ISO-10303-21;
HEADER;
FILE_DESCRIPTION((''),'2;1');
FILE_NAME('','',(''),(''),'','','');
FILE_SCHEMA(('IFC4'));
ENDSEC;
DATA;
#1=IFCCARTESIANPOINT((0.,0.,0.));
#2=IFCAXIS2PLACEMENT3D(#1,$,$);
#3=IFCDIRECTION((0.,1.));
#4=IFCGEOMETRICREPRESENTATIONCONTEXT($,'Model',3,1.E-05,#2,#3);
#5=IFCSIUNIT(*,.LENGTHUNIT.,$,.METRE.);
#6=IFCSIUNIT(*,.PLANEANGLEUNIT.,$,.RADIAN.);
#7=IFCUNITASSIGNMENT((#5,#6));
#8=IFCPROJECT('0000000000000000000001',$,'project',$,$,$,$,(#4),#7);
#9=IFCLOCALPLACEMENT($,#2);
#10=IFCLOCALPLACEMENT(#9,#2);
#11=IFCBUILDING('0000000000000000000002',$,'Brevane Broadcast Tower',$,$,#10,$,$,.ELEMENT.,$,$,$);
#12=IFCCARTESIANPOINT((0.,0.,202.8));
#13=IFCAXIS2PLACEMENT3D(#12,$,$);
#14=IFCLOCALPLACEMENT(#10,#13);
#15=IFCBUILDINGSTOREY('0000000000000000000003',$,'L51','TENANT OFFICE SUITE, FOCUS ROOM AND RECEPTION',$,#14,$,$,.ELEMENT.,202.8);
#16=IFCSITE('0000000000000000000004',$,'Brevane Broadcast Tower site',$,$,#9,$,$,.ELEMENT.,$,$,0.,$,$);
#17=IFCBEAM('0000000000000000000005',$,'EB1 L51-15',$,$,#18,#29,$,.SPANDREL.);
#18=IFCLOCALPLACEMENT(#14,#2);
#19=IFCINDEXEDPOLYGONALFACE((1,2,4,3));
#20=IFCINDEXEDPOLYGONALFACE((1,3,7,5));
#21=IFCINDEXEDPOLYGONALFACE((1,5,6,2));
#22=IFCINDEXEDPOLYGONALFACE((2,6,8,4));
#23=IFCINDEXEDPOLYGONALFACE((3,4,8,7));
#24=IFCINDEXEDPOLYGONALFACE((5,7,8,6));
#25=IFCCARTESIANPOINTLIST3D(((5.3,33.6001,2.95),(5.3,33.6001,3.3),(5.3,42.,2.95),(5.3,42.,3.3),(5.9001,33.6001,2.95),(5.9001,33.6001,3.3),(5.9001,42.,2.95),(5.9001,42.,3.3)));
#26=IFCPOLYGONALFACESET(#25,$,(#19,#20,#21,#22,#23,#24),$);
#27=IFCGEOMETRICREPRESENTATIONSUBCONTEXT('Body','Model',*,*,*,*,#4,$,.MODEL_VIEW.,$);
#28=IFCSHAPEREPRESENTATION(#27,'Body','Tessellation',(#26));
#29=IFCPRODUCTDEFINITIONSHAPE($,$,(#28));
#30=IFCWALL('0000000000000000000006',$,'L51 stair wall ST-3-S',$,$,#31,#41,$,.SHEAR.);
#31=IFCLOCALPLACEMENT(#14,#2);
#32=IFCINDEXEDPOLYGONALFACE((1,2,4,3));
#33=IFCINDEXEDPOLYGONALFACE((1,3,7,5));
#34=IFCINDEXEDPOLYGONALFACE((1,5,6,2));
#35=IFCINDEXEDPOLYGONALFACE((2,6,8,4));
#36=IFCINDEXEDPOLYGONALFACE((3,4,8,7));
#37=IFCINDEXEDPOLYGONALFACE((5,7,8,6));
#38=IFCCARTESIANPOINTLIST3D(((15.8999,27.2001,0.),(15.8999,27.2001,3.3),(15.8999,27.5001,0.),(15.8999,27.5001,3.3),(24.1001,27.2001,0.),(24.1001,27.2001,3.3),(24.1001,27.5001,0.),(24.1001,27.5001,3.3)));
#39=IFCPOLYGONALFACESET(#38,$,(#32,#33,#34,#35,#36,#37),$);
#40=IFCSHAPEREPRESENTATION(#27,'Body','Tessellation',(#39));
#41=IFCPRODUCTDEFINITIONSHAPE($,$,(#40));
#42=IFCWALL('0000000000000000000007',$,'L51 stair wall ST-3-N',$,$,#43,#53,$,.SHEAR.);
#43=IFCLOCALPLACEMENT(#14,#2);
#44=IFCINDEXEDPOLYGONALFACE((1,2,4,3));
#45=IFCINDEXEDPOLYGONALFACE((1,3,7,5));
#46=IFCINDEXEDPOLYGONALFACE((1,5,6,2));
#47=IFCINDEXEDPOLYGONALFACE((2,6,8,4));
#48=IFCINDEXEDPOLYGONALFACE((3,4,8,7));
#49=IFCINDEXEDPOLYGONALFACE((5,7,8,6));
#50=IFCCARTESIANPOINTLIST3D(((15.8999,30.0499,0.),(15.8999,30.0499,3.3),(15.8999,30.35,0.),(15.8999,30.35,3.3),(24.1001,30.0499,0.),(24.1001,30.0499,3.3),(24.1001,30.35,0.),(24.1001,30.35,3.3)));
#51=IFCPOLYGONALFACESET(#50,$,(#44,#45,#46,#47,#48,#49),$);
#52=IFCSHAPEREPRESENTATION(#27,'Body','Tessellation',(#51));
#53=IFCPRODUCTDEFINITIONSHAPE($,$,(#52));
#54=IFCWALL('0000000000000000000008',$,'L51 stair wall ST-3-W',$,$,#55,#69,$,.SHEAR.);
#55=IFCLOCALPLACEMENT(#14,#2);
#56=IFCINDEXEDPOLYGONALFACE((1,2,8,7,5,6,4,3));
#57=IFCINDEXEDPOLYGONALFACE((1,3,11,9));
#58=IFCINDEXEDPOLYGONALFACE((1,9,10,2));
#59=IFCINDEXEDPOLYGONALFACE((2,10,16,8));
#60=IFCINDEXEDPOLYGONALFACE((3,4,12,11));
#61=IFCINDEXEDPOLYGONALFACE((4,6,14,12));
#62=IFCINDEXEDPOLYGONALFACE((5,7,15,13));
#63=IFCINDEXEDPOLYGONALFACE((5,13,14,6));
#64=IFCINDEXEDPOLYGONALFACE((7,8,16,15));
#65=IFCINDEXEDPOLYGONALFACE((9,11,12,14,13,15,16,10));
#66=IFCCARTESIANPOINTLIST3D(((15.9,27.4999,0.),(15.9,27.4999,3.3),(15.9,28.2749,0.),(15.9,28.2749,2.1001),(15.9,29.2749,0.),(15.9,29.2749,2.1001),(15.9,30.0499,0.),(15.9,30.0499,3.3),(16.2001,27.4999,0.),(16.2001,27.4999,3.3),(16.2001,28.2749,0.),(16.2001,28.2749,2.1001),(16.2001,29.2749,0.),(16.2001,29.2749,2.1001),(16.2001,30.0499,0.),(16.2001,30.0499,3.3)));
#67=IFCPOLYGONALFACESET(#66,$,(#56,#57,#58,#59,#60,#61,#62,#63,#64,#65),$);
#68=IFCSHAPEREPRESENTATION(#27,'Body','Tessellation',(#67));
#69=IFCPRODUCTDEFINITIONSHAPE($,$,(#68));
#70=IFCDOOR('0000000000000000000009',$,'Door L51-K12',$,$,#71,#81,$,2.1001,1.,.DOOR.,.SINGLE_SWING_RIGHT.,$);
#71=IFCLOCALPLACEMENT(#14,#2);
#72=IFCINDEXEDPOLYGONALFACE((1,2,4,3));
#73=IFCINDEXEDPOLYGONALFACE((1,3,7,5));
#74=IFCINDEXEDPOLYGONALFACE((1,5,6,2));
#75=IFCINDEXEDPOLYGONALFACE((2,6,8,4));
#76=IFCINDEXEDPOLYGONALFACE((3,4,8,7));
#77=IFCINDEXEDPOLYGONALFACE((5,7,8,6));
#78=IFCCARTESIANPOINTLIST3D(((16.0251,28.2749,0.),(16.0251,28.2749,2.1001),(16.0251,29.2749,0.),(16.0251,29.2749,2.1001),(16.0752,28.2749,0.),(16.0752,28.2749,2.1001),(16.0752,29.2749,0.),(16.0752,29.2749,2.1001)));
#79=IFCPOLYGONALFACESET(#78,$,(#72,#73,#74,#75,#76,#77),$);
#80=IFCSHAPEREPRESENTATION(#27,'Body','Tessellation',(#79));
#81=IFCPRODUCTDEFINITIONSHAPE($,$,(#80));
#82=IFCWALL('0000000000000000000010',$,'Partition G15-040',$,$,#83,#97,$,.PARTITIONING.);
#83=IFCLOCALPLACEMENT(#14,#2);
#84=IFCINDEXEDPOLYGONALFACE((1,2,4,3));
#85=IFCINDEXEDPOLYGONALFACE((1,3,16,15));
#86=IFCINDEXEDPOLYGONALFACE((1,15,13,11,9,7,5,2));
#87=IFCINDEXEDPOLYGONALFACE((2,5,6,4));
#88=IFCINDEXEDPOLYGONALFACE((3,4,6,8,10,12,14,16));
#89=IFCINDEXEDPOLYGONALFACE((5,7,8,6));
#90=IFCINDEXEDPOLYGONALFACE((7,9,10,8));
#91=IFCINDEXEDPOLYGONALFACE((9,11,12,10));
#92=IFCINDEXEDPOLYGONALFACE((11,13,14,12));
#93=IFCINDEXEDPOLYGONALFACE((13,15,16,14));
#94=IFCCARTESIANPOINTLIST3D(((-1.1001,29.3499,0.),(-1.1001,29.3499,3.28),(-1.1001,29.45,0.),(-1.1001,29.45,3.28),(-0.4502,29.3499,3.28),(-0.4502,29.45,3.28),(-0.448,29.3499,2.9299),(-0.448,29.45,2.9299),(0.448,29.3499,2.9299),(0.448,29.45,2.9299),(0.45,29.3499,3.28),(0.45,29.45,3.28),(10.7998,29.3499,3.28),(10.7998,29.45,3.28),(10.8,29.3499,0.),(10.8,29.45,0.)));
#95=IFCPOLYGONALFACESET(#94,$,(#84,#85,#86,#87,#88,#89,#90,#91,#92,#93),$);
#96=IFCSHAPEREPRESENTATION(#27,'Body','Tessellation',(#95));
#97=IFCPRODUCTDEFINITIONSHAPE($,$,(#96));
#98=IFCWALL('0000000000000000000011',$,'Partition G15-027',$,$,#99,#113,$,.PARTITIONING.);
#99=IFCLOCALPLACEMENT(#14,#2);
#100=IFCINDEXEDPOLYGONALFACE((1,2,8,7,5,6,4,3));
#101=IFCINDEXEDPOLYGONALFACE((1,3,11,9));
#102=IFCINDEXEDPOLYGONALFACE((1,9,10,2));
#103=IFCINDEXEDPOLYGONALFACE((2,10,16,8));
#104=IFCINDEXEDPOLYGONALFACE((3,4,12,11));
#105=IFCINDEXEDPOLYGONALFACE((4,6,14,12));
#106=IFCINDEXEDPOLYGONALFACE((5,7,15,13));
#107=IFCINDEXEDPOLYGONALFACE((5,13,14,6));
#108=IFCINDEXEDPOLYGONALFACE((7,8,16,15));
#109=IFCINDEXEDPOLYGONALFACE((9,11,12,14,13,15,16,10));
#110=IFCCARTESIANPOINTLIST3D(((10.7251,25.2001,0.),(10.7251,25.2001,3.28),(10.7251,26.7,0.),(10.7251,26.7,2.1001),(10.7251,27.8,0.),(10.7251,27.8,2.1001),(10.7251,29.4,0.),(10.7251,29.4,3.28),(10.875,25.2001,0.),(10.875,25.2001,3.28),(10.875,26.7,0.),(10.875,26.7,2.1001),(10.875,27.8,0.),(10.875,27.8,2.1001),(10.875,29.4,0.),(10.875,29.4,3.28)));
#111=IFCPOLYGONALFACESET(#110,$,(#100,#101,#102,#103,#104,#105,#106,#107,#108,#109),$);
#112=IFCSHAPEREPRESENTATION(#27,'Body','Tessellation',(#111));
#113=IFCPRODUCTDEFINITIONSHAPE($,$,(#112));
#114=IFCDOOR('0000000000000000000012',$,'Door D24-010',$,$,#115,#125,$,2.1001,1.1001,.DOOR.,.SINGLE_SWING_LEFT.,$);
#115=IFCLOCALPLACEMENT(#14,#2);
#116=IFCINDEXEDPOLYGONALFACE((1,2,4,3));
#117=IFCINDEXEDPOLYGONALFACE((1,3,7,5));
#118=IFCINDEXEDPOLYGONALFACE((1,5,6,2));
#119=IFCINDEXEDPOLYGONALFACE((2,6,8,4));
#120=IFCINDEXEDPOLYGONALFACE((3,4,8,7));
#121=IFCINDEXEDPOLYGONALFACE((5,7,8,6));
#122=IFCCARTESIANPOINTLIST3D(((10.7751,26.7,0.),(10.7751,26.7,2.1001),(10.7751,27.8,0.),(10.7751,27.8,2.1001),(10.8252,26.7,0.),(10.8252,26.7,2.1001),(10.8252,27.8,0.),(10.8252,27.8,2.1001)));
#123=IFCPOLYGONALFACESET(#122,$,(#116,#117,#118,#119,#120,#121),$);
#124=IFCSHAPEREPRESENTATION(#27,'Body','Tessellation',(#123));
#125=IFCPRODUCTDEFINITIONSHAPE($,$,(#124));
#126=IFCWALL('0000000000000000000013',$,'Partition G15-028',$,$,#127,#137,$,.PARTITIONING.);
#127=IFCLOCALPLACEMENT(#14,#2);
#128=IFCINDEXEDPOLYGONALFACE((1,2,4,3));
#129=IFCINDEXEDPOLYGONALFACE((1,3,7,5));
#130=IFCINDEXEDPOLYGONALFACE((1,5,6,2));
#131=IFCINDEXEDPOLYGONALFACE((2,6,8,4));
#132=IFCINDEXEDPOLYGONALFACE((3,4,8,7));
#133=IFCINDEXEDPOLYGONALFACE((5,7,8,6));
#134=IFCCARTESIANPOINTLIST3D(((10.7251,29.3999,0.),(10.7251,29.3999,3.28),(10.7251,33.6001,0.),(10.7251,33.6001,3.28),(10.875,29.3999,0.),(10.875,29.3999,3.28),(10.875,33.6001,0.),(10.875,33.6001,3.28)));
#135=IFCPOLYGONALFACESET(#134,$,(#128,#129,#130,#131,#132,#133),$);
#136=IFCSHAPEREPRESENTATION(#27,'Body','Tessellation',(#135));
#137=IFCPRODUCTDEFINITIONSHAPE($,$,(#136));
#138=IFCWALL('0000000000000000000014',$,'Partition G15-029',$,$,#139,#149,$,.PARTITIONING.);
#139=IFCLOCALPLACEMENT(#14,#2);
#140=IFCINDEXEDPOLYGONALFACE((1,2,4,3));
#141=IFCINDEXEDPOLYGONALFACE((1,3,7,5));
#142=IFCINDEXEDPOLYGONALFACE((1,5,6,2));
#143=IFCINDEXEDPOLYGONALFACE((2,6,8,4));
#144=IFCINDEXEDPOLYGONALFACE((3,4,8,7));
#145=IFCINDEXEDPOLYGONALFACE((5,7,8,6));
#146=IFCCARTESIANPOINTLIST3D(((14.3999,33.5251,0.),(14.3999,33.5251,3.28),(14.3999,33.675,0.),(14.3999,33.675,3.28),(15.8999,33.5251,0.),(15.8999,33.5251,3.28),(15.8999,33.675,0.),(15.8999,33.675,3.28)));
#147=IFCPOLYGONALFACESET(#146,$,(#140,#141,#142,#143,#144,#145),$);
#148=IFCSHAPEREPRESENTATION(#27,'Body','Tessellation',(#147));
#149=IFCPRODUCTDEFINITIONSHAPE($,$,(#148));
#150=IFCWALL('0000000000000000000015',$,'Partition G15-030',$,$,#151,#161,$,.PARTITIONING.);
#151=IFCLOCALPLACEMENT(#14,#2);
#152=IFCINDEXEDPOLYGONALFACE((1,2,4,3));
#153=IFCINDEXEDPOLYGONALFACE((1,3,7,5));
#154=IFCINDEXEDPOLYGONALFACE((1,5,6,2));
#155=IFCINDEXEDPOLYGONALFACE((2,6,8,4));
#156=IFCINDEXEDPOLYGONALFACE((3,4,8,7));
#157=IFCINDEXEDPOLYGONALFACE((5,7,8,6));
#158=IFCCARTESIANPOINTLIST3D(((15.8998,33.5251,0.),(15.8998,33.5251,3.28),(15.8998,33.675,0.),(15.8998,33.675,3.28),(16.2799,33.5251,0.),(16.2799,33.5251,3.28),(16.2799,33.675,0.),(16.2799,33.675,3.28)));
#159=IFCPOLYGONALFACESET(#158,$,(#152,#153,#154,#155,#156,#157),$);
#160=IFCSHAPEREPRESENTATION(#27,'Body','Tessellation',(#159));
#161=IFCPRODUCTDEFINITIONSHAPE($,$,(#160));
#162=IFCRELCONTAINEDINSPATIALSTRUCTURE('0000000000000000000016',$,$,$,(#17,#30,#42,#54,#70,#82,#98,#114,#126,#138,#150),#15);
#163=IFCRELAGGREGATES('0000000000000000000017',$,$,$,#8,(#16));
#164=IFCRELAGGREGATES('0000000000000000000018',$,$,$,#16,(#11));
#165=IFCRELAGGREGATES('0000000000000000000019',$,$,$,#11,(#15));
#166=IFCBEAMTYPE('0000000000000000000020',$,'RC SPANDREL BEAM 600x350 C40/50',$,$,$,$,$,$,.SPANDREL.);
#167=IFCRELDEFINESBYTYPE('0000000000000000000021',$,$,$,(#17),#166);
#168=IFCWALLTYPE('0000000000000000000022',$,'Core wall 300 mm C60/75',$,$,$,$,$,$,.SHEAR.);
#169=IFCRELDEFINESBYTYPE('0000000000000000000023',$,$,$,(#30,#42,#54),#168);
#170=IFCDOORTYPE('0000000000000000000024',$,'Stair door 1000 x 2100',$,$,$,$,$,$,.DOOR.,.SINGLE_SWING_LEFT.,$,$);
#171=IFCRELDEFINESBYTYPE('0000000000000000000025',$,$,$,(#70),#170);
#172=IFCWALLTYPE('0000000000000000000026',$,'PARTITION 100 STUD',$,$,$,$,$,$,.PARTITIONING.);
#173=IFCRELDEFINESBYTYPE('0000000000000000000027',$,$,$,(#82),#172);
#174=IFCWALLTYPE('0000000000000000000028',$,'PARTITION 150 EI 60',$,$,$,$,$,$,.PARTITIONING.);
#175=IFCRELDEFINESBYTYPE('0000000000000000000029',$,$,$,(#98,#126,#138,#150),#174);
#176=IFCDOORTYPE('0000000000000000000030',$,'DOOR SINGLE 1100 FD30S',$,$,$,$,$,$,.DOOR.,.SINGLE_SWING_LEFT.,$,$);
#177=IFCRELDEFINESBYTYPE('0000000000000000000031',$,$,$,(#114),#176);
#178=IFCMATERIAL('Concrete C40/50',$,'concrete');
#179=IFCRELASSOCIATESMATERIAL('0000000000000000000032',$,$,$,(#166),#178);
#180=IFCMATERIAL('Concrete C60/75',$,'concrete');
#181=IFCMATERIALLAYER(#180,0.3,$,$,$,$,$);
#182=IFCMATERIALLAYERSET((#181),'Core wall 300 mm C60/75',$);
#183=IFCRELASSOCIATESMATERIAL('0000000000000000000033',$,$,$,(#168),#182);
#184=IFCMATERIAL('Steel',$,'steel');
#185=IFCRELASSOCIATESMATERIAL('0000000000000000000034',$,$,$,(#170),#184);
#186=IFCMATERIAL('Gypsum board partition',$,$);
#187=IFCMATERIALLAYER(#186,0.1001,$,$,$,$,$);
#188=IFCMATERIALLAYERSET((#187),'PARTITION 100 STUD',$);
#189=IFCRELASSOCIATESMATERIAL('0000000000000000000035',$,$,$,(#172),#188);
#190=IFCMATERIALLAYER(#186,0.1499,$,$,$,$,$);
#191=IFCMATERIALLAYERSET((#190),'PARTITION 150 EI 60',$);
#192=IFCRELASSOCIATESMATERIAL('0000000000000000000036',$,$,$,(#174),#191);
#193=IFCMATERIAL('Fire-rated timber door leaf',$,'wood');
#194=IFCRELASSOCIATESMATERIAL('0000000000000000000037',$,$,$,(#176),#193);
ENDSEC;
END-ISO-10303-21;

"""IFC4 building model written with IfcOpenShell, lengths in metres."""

from ifc_helpers import new_model, si_unit, direction, frame, frame_2d, origin, origin_2d, place, context, subcontext, project, spatial, polyline, rectangle, outline, extrude, material, layer, layer_set, material_profile, profile_set, type_object, element, fill, save


model = new_model("IFC4")

# Units and contexts
model_context = context("Model", 3, precision=1e-05, world=origin(), true_north=direction((0.0, 1.0)))
body_context = subcontext(model_context, "Body", "Model", "MODEL_VIEW")
ifc_project = project(units=[si_unit("LENGTHUNIT", "METRE"), si_unit("PLANEANGLEUNIT", "RADIAN")], contexts=[model_context])

# Site, building, storey
site_placement = place(None, origin())
site = spatial("IfcSite", under=ifc_project, at=site_placement, Name="Brevane Broadcast Tower site", CompositionType="ELEMENT", RefElevation=0.0)
building_placement = place(site_placement, origin())
building = spatial("IfcBuilding", under=site, at=building_placement, Name="Brevane Broadcast Tower", CompositionType="ELEMENT")
storey_placement = place(building_placement, frame((0.0, 0.0, 202.8)))
storey = spatial("IfcBuildingStorey", under=building, at=storey_placement, Name="L51", Description="TENANT OFFICE SUITE, FOCUS ROOM AND RECEPTION", CompositionType="ELEMENT", Elevation=202.8)

# Shared definitions
ifc_material_1 = material(Name="Concrete C60/75", Category="concrete")

# Beam
ifc_material_2 = material(Name="Concrete C40/50", Category="concrete")
ifc_material_profile_1 = material_profile(ifc_material_2, rectangle(XDim=0.6001, YDim=0.3501, at=origin_2d()), Name="RC 600x350")
ifc_profile_set_1 = profile_set([ifc_material_profile_1], Name="Concrete C40/50")
beam_type = type_object("IfcBeamType", Name="RC SPANDREL BEAM 600x350 C40/50", PredefinedType="SPANDREL", material=ifc_profile_set_1)
beam_1_placement = place(storey_placement, frame((5.6001, 33.6001, 3.125), z_axis=(0.0, 1.0, 0.0), x_axis=(-1.0, 0.0, 0.0)))
element("IfcBeam", 1, at=beam_1_placement, inside=storey, type_object=beam_type, Name="EB1 L51-15", PredefinedType="SPANDREL", context=body_context, shape_type="SweptSolid", body=[
    extrude(rectangle(XDim=0.6001, YDim=0.3501, at=origin_2d()), origin(), (0.0, 0.0, 1.0), 8.3999),
])

# Walls
ifc_layer_1 = layer(ifc_material_1, 0.3)
ifc_layer_set_1 = layer_set([ifc_layer_1], Name="Core wall 300 mm C60/75")
wall_type_1 = type_object("IfcWallType", Name="Core wall 300 mm C60/75", PredefinedType="SHEAR", material=ifc_layer_set_1)
for number, where, z_axis, x_axis, name in (
    (2, (15.8999, 27.3501, 0.0), (0.0, 0.0, 1.0), (1.0, 0.0, 0.0), "L51 stair wall ST-3-S"),
    (3, (15.8999, 30.2, 0.0), (0.0, 0.0, 1.0), (1.0, 0.0, 0.0), "L51 stair wall ST-3-N"),
):
    element("IfcWall", number, at=place(storey_placement, frame(where, z_axis=z_axis, x_axis=x_axis)), inside=storey, type_object=wall_type_1, Name=name, PredefinedType="SHEAR", context=body_context, shape_type="SweptSolid", body=[
        extrude(rectangle(XDim=8.2002, YDim=0.3, at=frame_2d((4.1001, 0.0))), origin(), (0.0, 0.0, 1.0), 3.3),
    ])

# Wall, opening, door
wall_1_placement = place(storey_placement, frame((16.05, 27.5, 0.0), z_axis=(0.0, 0.0, 1.0), x_axis=(0.0, 1.0, 0.0)))
wall_1 = element("IfcWall", 4, at=wall_1_placement, inside=storey, type_object=wall_type_1, Name="L51 stair wall ST-3-W", PredefinedType="SHEAR", context=body_context, shape_type="SweptSolid", body=[
    extrude(rectangle(XDim=2.55, YDim=0.3, at=frame_2d((1.2749, 0.0))), origin(), (0.0, 0.0, 1.0), 3.3),
])
opening_1_placement = place(wall_1_placement, frame((0.7749, 0.0, 0.0)))
opening_1 = element("IfcOpeningElement", 5, at=opening_1_placement, cuts=wall_1, PredefinedType="OPENING", context=body_context, shape_type="SweptSolid", body=[
    extrude(rectangle(XDim=1.0, YDim=2.1001, at=frame_2d((0.5, 1.05))), frame((0.0, 0.1599, 0.0), z_axis=(0.0, -1.0, 0.0), x_axis=(1.0, 0.0, 0.0)), (0.0, 0.0, 1.0), 0.3201),
])
ifc_material_3 = material(Name="Steel", Category="steel")
door_type_1 = type_object("IfcDoorType", Name="Stair door 1000 x 2100", OperationType="SINGLE_SWING_LEFT", PredefinedType="DOOR", material=ifc_material_3)
door_1_placement = place(opening_1_placement, origin())
door_1 = element("IfcDoor", 6, at=door_1_placement, inside=storey, type_object=door_type_1, Name="Door L51-K12", OperationType="SINGLE_SWING_RIGHT", OverallHeight=2.1001, OverallWidth=1.0, PredefinedType="DOOR", context=body_context, shape_type="SweptSolid", body=[
    extrude(rectangle(XDim=1.0, YDim=2.1001, at=frame_2d((0.5, 1.05))), frame((0.0, 0.0249, 0.0), z_axis=(0.0, -1.0, 0.0), x_axis=(1.0, 0.0, 0.0)), (0.0, 0.0, 1.0), 0.05),
])
fill(opening_1, door_1)

# Wall
ifc_material_4 = material(Name="Gypsum board partition")
ifc_layer_2 = layer(ifc_material_4, 0.1001)
ifc_layer_set_2 = layer_set([ifc_layer_2], Name="PARTITION 100 STUD")
wall_type_2 = type_object("IfcWallType", Name="PARTITION 100 STUD", PredefinedType="PARTITIONING", material=ifc_layer_set_2)
wall_2_placement = place(storey_placement, frame((-1.1001, 29.3999, 0.0), z_axis=(0.0, 0.0, 1.0), x_axis=(1.0, 0.0, 0.0)))
element("IfcWall", 7, at=wall_2_placement, inside=storey, type_object=wall_type_2, Name="Partition G15-040", PredefinedType="PARTITIONING", context=body_context, shape_type="SweptSolid", body=[
    extrude(outline(polyline([(0.0, 0.0), (11.9001, 0.0), (11.8999, 3.28), (1.55, 3.28), (1.5481, 2.9299), (0.6521, 2.9299), (0.6499, 3.28), (0.0, 3.28), (0.0, 0.0)])), frame((0.0, 0.05, 0.0), z_axis=(0.0, -1.0, 0.0), x_axis=(1.0, 0.0, 0.0)), (0.0, 0.0, 1.0), 0.1001),
])

# Wall, opening, door
ifc_layer_3 = layer(ifc_material_4, 0.1499)
ifc_layer_set_3 = layer_set([ifc_layer_3], Name="PARTITION 150 EI 60")
wall_type_3 = type_object("IfcWallType", Name="PARTITION 150 EI 60", PredefinedType="PARTITIONING", material=ifc_layer_set_3)
wall_3_placement = place(storey_placement, frame((10.8, 25.2, 0.0), z_axis=(0.0, 0.0, 1.0), x_axis=(0.0, 1.0, 0.0)))
wall_3 = element("IfcWall", 8, at=wall_3_placement, inside=storey, type_object=wall_type_3, Name="Partition G15-027", PredefinedType="PARTITIONING", context=body_context, shape_type="SweptSolid", body=[
    extrude(rectangle(XDim=4.2, YDim=0.1499, at=frame_2d((2.1001, 0.0))), origin(), (0.0, 0.0, 1.0), 3.28),
])
opening_2_placement = place(wall_3_placement, frame((1.5, 0.0, 0.0)))
opening_2 = element("IfcOpeningElement", 9, at=opening_2_placement, cuts=wall_3, PredefinedType="OPENING", context=body_context, shape_type="SweptSolid", body=[
    extrude(rectangle(XDim=1.1001, YDim=2.1001, at=frame_2d((0.55, 1.05))), frame((0.0, 0.085, 0.0), z_axis=(0.0, -1.0, 0.0), x_axis=(1.0, 0.0, 0.0)), (0.0, 0.0, 1.0), 0.1699),
])
ifc_material_5 = material(Name="Fire-rated timber door leaf", Category="wood")
door_type_2 = type_object("IfcDoorType", Name="DOOR SINGLE 1100 FD30S", OperationType="SINGLE_SWING_LEFT", PredefinedType="DOOR", material=ifc_material_5)
door_2_placement = place(opening_2_placement, origin())
door_2 = element("IfcDoor", 10, at=door_2_placement, inside=storey, type_object=door_type_2, Name="Door D24-010", OperationType="SINGLE_SWING_LEFT", OverallHeight=2.1001, OverallWidth=1.1001, PredefinedType="DOOR", context=body_context, shape_type="SweptSolid", body=[
    extrude(rectangle(XDim=1.1001, YDim=2.1001, at=frame_2d((0.55, 1.05))), frame((0.0, 0.0249, 0.0), z_axis=(0.0, -1.0, 0.0), x_axis=(1.0, 0.0, 0.0)), (0.0, 0.0, 1.0), 0.05),
])
fill(opening_2, door_2)

# Walls
wall_4_placement = place(storey_placement, frame((10.8, 29.3999, 0.0), z_axis=(0.0, 0.0, 1.0), x_axis=(0.0, 1.0, 0.0)))
element("IfcWall", 11, at=wall_4_placement, inside=storey, type_object=wall_type_3, Name="Partition G15-028", PredefinedType="PARTITIONING", context=body_context, shape_type="SweptSolid", body=[
    extrude(rectangle(XDim=4.2002, YDim=0.1499, at=frame_2d((2.1001, 0.0))), origin(), (0.0, 0.0, 1.0), 3.28),
])
wall_5_placement = place(storey_placement, frame((14.3999, 33.6001, 0.0), z_axis=(0.0, 0.0, 1.0), x_axis=(1.0, 0.0, 0.0)))
element("IfcWall", 12, at=wall_5_placement, inside=storey, type_object=wall_type_3, Name="Partition G15-029", PredefinedType="PARTITIONING", context=body_context, shape_type="SweptSolid", body=[
    extrude(rectangle(XDim=1.5, YDim=0.1499, at=frame_2d((0.75, 0.0))), origin(), (0.0, 0.0, 1.0), 3.28),
])
wall_6_placement = place(storey_placement, frame((15.8999, 33.6001, 0.0), z_axis=(0.0, 0.0, 1.0), x_axis=(1.0, 0.0, 0.0)))
element("IfcWall", 13, at=wall_6_placement, inside=storey, type_object=wall_type_3, Name="Partition G15-030", PredefinedType="PARTITIONING", context=body_context, shape_type="SweptSolid", body=[
    extrude(rectangle(XDim=0.3801, YDim=0.1499, at=frame_2d((0.1899, 0.0))), origin(), (0.0, 0.0, 1.0), 3.28),
])

save(model, "model.ifc")
